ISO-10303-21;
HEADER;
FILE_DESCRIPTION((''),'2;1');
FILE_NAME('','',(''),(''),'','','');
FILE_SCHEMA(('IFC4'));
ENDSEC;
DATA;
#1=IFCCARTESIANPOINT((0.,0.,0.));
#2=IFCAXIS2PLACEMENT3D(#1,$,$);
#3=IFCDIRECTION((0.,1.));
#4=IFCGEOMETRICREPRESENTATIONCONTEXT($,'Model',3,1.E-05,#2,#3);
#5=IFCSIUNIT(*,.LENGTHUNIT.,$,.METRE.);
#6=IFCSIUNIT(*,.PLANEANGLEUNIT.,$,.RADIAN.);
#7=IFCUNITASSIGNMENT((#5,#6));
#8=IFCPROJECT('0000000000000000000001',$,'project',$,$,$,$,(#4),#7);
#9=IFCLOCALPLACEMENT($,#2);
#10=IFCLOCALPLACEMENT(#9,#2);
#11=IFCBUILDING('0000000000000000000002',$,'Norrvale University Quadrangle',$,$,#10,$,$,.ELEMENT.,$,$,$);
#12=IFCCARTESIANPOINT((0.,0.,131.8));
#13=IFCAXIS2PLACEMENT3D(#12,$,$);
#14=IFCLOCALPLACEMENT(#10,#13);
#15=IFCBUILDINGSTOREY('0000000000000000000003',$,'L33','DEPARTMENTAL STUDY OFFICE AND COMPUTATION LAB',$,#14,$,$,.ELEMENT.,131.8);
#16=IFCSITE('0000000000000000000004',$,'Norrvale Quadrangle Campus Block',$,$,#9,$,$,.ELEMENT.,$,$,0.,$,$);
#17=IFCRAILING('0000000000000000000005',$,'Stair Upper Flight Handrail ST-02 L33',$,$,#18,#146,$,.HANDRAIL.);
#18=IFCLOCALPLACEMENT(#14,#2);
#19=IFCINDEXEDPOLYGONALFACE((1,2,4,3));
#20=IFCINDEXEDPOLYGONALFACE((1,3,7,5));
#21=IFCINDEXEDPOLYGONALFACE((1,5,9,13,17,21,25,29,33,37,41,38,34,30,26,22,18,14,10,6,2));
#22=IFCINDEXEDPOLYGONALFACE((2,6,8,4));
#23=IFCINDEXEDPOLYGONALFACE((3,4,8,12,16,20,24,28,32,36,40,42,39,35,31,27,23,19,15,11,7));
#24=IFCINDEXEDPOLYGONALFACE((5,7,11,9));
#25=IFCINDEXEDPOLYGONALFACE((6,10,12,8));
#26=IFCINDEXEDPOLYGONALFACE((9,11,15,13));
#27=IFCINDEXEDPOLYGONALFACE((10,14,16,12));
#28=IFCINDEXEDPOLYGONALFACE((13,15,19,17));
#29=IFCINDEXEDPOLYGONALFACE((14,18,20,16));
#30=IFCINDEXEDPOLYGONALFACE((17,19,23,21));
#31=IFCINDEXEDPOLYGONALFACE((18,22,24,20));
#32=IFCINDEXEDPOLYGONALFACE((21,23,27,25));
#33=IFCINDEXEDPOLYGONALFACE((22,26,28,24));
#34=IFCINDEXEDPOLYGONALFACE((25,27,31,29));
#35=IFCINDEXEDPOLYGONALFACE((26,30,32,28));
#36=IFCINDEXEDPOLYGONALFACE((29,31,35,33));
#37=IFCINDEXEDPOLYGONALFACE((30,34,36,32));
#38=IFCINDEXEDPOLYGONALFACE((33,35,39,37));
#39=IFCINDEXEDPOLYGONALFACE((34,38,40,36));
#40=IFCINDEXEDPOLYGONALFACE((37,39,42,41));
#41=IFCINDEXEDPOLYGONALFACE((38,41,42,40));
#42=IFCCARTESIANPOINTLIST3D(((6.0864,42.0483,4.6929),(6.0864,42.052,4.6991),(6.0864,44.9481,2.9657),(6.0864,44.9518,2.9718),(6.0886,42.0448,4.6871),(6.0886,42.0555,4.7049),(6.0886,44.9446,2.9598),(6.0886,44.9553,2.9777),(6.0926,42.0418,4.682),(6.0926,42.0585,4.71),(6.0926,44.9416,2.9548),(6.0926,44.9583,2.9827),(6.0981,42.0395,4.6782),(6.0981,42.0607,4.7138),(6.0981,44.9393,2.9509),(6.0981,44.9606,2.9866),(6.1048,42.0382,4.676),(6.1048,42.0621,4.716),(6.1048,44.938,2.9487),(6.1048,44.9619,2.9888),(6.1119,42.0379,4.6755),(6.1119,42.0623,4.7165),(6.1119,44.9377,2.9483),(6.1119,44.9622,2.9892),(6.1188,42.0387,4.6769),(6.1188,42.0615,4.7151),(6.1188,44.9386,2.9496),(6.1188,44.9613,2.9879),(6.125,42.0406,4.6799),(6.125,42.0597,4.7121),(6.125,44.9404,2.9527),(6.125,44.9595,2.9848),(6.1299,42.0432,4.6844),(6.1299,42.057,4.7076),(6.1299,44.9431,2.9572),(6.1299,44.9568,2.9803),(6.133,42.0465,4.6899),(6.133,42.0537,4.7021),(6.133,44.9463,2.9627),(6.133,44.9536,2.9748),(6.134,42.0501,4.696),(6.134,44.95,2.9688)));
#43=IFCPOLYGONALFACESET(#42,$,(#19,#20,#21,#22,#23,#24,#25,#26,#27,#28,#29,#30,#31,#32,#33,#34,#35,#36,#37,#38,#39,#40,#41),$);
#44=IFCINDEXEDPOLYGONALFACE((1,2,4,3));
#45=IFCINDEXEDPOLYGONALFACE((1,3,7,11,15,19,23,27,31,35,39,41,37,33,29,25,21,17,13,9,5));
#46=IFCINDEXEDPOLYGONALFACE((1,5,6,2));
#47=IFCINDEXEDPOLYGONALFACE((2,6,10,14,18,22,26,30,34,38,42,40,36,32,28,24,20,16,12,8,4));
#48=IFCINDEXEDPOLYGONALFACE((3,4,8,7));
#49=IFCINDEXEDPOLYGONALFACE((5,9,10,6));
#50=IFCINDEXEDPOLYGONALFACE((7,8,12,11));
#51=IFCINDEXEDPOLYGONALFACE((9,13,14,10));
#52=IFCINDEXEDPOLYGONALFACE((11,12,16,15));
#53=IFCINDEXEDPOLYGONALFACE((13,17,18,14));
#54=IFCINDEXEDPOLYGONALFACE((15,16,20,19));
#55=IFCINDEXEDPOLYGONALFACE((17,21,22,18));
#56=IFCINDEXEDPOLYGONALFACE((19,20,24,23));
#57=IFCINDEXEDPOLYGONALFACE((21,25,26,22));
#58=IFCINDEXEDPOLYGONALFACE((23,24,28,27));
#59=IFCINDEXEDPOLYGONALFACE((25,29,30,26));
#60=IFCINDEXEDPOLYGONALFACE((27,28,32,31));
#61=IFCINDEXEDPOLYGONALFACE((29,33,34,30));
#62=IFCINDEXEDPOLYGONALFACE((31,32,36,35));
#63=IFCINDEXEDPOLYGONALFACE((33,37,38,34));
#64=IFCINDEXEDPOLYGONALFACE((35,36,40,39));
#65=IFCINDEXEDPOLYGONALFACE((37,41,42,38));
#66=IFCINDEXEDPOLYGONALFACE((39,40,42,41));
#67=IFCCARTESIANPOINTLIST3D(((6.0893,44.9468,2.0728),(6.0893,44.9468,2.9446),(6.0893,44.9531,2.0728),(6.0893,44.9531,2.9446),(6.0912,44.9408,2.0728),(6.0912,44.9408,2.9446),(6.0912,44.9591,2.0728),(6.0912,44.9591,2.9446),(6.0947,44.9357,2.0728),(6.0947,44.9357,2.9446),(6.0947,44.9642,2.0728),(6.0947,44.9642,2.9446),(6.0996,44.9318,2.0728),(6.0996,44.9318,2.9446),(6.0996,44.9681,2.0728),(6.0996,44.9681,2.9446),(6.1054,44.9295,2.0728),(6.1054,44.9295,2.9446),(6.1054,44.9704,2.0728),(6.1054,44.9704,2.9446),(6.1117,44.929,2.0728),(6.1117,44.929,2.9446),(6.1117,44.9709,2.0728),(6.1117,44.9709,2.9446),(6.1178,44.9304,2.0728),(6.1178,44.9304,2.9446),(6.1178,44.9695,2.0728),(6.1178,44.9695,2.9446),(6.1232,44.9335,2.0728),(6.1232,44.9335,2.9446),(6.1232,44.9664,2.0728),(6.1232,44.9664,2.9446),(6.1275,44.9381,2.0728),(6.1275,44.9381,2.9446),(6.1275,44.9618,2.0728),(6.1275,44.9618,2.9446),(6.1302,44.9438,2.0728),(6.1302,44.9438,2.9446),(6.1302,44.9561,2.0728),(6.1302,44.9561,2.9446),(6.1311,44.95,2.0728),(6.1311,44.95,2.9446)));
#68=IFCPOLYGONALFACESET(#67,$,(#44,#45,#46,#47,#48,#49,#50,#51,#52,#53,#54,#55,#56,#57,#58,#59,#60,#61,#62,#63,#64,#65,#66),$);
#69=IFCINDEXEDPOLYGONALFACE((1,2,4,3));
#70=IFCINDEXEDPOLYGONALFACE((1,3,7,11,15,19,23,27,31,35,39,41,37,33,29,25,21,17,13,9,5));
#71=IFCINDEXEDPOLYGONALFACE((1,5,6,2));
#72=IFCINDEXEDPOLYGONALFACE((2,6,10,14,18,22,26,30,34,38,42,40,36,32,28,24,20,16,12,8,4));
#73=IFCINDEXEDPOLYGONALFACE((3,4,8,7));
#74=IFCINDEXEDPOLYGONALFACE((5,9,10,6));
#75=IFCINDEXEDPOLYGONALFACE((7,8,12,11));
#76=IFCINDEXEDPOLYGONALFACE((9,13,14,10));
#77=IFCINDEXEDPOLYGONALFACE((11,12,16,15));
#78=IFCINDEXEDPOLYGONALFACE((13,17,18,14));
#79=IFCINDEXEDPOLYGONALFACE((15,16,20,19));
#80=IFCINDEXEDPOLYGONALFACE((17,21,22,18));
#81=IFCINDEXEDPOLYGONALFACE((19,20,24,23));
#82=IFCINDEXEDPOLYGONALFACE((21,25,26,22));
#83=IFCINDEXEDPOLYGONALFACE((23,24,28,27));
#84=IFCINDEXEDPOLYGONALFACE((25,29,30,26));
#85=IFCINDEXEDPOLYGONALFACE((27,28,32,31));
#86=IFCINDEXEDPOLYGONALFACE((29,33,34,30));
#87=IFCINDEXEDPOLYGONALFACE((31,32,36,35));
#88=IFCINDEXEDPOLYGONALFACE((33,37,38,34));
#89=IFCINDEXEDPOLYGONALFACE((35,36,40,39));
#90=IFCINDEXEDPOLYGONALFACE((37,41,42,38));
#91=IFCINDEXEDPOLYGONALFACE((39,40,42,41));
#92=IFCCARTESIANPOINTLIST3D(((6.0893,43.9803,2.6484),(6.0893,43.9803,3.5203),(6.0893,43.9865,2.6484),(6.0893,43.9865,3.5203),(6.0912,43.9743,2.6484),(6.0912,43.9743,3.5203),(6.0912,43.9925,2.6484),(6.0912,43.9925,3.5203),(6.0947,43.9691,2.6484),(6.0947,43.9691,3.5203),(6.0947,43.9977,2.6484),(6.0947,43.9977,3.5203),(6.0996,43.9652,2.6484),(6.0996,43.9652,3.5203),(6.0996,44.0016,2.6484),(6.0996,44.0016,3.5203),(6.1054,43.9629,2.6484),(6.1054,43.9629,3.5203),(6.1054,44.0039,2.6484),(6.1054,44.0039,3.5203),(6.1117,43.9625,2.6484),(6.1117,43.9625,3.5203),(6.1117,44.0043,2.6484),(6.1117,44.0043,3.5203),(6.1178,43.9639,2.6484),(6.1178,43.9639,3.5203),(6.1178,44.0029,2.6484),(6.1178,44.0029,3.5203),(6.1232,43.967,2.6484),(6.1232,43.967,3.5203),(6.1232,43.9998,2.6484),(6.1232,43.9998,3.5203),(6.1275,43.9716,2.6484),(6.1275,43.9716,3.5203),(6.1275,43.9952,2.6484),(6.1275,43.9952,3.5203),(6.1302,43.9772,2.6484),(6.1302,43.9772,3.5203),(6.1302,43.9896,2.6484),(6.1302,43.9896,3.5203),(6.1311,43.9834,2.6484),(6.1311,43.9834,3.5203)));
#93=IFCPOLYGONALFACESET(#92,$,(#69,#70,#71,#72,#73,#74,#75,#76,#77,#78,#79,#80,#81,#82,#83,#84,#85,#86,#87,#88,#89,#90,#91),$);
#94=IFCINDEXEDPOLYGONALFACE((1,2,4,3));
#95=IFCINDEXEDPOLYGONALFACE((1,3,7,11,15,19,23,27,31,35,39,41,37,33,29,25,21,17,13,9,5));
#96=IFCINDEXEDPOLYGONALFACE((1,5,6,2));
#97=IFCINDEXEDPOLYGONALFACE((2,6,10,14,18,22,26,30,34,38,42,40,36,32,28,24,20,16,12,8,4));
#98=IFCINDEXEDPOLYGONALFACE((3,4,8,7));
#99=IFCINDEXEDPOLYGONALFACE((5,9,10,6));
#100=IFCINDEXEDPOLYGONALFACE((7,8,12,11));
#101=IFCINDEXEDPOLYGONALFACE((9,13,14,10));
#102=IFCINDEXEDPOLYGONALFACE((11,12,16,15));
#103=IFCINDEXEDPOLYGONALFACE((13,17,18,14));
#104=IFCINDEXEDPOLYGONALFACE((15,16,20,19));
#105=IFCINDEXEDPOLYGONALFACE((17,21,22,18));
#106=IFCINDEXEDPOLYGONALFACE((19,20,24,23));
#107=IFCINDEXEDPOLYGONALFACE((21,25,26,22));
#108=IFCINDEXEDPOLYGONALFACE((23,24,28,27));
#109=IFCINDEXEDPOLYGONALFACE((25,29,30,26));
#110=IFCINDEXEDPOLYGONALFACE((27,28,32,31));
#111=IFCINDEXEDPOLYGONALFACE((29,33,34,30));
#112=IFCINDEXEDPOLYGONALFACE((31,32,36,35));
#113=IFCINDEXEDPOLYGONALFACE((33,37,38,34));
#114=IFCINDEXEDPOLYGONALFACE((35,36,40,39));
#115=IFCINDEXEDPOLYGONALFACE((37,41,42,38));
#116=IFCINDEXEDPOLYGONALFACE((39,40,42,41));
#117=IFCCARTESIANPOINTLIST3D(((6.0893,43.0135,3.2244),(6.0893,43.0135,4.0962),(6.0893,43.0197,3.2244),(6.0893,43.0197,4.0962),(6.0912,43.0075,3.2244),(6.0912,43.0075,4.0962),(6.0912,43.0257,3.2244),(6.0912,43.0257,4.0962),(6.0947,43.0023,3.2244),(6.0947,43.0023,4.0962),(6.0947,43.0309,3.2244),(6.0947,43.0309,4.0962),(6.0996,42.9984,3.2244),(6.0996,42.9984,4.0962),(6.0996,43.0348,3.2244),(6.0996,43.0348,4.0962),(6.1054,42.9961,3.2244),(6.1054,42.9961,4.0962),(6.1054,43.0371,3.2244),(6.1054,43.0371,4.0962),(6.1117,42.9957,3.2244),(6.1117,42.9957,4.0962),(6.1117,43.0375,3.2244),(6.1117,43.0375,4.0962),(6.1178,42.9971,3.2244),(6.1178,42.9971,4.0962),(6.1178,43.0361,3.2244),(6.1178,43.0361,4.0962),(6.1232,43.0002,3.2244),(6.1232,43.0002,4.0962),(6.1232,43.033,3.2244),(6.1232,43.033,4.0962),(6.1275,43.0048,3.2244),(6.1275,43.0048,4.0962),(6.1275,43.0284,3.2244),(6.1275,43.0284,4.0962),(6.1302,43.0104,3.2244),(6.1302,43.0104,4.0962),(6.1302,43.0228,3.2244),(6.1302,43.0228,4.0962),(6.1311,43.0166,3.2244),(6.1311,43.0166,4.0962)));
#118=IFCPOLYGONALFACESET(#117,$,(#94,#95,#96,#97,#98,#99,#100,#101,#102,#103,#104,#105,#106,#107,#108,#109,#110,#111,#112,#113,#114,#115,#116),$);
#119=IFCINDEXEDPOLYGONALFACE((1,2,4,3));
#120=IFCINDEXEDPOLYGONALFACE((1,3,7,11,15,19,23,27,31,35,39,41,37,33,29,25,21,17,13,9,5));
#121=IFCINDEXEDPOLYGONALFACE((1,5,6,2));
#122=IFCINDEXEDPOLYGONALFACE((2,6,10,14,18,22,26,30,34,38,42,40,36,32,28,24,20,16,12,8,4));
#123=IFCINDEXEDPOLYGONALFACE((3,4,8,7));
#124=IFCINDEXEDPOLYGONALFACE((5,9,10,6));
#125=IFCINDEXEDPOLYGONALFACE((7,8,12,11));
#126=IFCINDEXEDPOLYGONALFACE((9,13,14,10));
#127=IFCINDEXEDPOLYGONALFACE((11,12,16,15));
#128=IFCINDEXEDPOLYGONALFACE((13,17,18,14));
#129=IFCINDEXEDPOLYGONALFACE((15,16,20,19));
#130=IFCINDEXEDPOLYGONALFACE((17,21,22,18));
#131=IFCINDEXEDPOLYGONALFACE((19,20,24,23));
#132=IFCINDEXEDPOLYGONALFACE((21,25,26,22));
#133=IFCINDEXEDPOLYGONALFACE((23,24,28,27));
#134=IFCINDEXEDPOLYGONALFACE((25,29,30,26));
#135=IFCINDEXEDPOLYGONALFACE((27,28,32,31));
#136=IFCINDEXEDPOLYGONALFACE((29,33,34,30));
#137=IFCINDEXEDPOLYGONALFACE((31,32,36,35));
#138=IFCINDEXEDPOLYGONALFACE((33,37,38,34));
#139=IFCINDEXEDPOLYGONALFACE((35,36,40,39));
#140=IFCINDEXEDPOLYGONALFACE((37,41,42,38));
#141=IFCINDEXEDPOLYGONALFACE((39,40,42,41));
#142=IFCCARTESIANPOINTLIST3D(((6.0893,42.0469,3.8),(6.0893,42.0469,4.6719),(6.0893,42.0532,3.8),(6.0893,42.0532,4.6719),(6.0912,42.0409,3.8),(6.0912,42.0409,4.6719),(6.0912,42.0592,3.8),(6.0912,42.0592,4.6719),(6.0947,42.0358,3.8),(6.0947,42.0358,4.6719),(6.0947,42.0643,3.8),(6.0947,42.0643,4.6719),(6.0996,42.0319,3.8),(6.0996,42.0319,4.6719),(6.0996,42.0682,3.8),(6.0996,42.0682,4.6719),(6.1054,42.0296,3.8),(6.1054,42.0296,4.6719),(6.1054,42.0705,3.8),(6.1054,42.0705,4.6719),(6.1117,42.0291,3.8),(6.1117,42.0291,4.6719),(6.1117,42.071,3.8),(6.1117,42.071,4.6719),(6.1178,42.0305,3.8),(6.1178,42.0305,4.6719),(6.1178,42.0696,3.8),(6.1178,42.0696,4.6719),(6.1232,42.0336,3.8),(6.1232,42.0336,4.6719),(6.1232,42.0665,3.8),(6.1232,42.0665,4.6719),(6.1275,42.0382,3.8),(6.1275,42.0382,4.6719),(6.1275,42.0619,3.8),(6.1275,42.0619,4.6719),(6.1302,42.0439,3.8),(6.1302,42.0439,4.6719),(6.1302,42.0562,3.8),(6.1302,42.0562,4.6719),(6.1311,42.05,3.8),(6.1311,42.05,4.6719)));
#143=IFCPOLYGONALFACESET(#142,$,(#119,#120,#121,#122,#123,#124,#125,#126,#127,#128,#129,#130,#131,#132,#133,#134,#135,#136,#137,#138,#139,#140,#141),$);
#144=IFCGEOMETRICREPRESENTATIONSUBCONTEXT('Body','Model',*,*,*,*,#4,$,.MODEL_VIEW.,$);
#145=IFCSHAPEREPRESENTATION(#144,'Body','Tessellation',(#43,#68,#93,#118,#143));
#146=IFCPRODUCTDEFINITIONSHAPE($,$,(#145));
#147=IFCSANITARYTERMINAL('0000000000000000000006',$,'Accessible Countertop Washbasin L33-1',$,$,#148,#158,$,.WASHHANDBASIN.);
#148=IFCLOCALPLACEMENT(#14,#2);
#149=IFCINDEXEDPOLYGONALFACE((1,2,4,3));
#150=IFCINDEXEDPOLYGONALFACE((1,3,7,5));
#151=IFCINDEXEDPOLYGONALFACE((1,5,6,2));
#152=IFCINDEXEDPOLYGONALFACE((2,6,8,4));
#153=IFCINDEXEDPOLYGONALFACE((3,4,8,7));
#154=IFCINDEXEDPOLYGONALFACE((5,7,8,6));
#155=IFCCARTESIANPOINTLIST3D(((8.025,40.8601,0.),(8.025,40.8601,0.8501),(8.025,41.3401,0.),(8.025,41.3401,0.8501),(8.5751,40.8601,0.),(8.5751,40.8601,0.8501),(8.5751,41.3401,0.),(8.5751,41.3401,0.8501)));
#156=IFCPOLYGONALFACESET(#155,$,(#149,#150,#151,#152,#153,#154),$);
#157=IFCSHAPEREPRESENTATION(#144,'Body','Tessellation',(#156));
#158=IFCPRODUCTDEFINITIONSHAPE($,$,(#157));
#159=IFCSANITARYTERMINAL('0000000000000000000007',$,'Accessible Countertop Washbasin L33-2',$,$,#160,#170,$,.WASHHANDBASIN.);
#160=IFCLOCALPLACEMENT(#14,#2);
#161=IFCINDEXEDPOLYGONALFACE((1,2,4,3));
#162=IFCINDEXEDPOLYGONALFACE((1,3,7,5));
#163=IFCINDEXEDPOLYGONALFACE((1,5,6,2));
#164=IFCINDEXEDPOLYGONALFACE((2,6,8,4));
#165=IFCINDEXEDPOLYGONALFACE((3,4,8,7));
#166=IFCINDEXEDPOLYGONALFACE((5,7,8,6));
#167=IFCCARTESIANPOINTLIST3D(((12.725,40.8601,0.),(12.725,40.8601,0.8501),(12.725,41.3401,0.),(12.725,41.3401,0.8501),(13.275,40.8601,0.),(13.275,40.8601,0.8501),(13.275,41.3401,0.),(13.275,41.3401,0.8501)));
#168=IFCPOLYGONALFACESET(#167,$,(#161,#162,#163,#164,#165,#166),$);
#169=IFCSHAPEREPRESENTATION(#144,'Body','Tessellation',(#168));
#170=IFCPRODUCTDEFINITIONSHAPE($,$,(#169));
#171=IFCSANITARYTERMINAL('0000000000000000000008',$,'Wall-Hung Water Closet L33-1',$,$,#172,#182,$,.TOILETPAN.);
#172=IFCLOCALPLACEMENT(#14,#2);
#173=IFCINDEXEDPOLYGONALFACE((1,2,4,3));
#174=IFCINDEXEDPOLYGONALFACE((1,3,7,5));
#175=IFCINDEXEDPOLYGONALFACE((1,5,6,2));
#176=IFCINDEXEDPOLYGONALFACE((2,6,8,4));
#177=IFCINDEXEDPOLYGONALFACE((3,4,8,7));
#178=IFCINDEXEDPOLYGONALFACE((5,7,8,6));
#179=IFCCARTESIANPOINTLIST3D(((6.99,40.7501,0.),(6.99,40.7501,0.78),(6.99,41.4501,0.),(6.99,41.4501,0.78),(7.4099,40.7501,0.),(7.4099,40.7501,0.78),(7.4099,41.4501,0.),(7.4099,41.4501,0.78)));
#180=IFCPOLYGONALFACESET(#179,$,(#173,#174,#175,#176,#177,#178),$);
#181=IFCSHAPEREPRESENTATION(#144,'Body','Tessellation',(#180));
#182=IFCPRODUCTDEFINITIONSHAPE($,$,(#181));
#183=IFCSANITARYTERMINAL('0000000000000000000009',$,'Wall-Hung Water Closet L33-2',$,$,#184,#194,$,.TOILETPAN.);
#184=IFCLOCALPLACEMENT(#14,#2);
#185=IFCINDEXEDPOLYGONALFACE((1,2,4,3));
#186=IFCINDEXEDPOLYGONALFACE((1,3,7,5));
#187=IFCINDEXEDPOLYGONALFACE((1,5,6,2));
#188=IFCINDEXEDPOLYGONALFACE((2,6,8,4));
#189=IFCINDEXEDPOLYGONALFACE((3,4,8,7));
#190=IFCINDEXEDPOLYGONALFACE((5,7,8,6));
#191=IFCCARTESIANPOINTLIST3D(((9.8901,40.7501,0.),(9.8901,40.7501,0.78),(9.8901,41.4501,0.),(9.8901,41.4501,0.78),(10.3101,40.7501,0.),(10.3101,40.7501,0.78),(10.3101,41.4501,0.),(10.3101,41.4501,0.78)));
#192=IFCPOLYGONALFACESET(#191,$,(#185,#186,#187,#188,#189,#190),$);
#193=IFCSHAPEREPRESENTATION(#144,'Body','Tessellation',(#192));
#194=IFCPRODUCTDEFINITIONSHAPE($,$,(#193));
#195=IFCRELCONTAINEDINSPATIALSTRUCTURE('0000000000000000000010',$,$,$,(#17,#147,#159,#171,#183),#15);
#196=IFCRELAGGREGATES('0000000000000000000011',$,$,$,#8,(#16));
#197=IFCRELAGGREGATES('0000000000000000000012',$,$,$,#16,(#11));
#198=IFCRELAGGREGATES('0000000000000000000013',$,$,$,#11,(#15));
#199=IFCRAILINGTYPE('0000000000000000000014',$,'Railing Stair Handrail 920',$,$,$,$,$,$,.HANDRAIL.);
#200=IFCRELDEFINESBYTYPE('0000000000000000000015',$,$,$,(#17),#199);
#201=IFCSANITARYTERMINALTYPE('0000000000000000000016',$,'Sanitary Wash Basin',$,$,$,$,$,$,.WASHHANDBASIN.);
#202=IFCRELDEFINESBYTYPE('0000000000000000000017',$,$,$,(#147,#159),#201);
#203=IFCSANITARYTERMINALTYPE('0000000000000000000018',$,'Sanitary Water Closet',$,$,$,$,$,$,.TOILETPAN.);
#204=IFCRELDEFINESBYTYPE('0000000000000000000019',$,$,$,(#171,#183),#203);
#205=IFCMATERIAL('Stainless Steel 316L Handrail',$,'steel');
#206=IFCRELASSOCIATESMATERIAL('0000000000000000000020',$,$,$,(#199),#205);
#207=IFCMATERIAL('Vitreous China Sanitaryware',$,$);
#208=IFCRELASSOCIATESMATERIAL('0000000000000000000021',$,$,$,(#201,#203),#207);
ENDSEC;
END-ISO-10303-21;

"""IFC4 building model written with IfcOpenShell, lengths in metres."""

from ifc_helpers import new_model, si_unit, direction, frame, origin, origin_2d, place, context, subcontext, project, spatial, rectangle, circle, extrude, material, type_object, element, save


model = new_model("IFC4")

# Units and contexts
model_context = context("Model", 3, precision=1e-05, world=origin(), true_north=direction((0.0, 1.0)))
body_context = subcontext(model_context, "Body", "Model", "MODEL_VIEW")
ifc_project = project(units=[si_unit("LENGTHUNIT", "METRE"), si_unit("PLANEANGLEUNIT", "RADIAN")], contexts=[model_context])

# Site, building, storey
site_placement = place(None, origin())
site = spatial("IfcSite", under=ifc_project, at=site_placement, Name="Norrvale Quadrangle Campus Block", CompositionType="ELEMENT", RefElevation=0.0)
building_placement = place(site_placement, origin())
building = spatial("IfcBuilding", under=site, at=building_placement, Name="Norrvale University Quadrangle", CompositionType="ELEMENT")
storey_placement = place(building_placement, frame((0.0, 0.0, 131.8)))
storey = spatial("IfcBuildingStorey", under=building, at=storey_placement, Name="L33", Description="DEPARTMENTAL STUDY OFFICE AND COMPUTATION LAB", CompositionType="ELEMENT", Elevation=131.8)

# Railing
ifc_material_1 = material(Name="Stainless Steel 316L Handrail", Category="steel")
railing_type_1 = type_object("IfcRailingType", Name="Railing Stair Handrail 920", PredefinedType="HANDRAIL", material=ifc_material_1)
railing_1_placement = place(storey_placement, frame((6.1101, 44.95, 2.0728)))
element("IfcRailing", 1, at=railing_1_placement, inside=storey, type_object=railing_type_1, Name="Stair Upper Flight Handrail ST-02 L33", PredefinedType="HANDRAIL", context=body_context, shape_type="SweptSolid", body=[
    extrude(circle(Radius=0.0239, at=origin_2d()), frame((0.0, 0.0, 0.896), z_axis=(0.0, -0.859141, 0.511738), x_axis=(1.0, 0.0, 0.0)), (0.0, 0.0, 1.0), 3.3752),
    extrude(circle(Radius=0.021, at=origin_2d()), origin(), (0.0, 0.0, 1.0), 0.8718),
    extrude(circle(Radius=0.021, at=origin_2d()), frame((0.0, -0.9666, 0.5757)), (0.0, 0.0, 1.0), 0.8718),
    extrude(circle(Radius=0.021, at=origin_2d()), frame((0.0, -1.9333, 1.1516)), (0.0, 0.0, 1.0), 0.8718),
    extrude(circle(Radius=0.021, at=origin_2d()), frame((0.0, -2.8999, 1.7273)), (0.0, 0.0, 1.0), 0.8718),
])

# Sanitary terminals
ifc_material_2 = material(Name="Vitreous China Sanitaryware")
sanitary_terminal_type_1 = type_object("IfcSanitaryTerminalType", Name="Sanitary Wash Basin", PredefinedType="WASHHANDBASIN", material=ifc_material_2)
for number, where, z_axis, x_axis, name in (
    (2, (8.3, 41.1001, 0.0), (0.0, 0.0, 1.0), (1.0, 0.0, 0.0), "Accessible Countertop Washbasin L33-1"),
    (3, (13.0, 41.1001, 0.0), (0.0, 0.0, 1.0), (1.0, 0.0, 0.0), "Accessible Countertop Washbasin L33-2"),
):
    element("IfcSanitaryTerminal", number, at=place(storey_placement, frame(where, z_axis=z_axis, x_axis=x_axis)), inside=storey, type_object=sanitary_terminal_type_1, Name=name, PredefinedType="WASHHANDBASIN", context=body_context, shape_type="SweptSolid", body=[
        extrude(rectangle(XDim=0.55, YDim=0.48, at=origin_2d()), origin(), (0.0, 0.0, 1.0), 0.8501),
    ])
sanitary_terminal_type_2 = type_object("IfcSanitaryTerminalType", Name="Sanitary Water Closet", PredefinedType="TOILETPAN", material=ifc_material_2)
for number, where, z_axis, x_axis, name in (
    (4, (7.2, 41.1001, 0.0), (0.0, 0.0, 1.0), (1.0, 0.0, 0.0), "Wall-Hung Water Closet L33-1"),
    (5, (10.1001, 41.1001, 0.0), (0.0, 0.0, 1.0), (1.0, 0.0, 0.0), "Wall-Hung Water Closet L33-2"),
):
    element("IfcSanitaryTerminal", number, at=place(storey_placement, frame(where, z_axis=z_axis, x_axis=x_axis)), inside=storey, type_object=sanitary_terminal_type_2, Name=name, PredefinedType="TOILETPAN", context=body_context, shape_type="SweptSolid", body=[
        extrude(rectangle(XDim=0.4199, YDim=0.7, at=origin_2d()), origin(), (0.0, 0.0, 1.0), 0.78),
    ])

save(model, "model.ifc")
